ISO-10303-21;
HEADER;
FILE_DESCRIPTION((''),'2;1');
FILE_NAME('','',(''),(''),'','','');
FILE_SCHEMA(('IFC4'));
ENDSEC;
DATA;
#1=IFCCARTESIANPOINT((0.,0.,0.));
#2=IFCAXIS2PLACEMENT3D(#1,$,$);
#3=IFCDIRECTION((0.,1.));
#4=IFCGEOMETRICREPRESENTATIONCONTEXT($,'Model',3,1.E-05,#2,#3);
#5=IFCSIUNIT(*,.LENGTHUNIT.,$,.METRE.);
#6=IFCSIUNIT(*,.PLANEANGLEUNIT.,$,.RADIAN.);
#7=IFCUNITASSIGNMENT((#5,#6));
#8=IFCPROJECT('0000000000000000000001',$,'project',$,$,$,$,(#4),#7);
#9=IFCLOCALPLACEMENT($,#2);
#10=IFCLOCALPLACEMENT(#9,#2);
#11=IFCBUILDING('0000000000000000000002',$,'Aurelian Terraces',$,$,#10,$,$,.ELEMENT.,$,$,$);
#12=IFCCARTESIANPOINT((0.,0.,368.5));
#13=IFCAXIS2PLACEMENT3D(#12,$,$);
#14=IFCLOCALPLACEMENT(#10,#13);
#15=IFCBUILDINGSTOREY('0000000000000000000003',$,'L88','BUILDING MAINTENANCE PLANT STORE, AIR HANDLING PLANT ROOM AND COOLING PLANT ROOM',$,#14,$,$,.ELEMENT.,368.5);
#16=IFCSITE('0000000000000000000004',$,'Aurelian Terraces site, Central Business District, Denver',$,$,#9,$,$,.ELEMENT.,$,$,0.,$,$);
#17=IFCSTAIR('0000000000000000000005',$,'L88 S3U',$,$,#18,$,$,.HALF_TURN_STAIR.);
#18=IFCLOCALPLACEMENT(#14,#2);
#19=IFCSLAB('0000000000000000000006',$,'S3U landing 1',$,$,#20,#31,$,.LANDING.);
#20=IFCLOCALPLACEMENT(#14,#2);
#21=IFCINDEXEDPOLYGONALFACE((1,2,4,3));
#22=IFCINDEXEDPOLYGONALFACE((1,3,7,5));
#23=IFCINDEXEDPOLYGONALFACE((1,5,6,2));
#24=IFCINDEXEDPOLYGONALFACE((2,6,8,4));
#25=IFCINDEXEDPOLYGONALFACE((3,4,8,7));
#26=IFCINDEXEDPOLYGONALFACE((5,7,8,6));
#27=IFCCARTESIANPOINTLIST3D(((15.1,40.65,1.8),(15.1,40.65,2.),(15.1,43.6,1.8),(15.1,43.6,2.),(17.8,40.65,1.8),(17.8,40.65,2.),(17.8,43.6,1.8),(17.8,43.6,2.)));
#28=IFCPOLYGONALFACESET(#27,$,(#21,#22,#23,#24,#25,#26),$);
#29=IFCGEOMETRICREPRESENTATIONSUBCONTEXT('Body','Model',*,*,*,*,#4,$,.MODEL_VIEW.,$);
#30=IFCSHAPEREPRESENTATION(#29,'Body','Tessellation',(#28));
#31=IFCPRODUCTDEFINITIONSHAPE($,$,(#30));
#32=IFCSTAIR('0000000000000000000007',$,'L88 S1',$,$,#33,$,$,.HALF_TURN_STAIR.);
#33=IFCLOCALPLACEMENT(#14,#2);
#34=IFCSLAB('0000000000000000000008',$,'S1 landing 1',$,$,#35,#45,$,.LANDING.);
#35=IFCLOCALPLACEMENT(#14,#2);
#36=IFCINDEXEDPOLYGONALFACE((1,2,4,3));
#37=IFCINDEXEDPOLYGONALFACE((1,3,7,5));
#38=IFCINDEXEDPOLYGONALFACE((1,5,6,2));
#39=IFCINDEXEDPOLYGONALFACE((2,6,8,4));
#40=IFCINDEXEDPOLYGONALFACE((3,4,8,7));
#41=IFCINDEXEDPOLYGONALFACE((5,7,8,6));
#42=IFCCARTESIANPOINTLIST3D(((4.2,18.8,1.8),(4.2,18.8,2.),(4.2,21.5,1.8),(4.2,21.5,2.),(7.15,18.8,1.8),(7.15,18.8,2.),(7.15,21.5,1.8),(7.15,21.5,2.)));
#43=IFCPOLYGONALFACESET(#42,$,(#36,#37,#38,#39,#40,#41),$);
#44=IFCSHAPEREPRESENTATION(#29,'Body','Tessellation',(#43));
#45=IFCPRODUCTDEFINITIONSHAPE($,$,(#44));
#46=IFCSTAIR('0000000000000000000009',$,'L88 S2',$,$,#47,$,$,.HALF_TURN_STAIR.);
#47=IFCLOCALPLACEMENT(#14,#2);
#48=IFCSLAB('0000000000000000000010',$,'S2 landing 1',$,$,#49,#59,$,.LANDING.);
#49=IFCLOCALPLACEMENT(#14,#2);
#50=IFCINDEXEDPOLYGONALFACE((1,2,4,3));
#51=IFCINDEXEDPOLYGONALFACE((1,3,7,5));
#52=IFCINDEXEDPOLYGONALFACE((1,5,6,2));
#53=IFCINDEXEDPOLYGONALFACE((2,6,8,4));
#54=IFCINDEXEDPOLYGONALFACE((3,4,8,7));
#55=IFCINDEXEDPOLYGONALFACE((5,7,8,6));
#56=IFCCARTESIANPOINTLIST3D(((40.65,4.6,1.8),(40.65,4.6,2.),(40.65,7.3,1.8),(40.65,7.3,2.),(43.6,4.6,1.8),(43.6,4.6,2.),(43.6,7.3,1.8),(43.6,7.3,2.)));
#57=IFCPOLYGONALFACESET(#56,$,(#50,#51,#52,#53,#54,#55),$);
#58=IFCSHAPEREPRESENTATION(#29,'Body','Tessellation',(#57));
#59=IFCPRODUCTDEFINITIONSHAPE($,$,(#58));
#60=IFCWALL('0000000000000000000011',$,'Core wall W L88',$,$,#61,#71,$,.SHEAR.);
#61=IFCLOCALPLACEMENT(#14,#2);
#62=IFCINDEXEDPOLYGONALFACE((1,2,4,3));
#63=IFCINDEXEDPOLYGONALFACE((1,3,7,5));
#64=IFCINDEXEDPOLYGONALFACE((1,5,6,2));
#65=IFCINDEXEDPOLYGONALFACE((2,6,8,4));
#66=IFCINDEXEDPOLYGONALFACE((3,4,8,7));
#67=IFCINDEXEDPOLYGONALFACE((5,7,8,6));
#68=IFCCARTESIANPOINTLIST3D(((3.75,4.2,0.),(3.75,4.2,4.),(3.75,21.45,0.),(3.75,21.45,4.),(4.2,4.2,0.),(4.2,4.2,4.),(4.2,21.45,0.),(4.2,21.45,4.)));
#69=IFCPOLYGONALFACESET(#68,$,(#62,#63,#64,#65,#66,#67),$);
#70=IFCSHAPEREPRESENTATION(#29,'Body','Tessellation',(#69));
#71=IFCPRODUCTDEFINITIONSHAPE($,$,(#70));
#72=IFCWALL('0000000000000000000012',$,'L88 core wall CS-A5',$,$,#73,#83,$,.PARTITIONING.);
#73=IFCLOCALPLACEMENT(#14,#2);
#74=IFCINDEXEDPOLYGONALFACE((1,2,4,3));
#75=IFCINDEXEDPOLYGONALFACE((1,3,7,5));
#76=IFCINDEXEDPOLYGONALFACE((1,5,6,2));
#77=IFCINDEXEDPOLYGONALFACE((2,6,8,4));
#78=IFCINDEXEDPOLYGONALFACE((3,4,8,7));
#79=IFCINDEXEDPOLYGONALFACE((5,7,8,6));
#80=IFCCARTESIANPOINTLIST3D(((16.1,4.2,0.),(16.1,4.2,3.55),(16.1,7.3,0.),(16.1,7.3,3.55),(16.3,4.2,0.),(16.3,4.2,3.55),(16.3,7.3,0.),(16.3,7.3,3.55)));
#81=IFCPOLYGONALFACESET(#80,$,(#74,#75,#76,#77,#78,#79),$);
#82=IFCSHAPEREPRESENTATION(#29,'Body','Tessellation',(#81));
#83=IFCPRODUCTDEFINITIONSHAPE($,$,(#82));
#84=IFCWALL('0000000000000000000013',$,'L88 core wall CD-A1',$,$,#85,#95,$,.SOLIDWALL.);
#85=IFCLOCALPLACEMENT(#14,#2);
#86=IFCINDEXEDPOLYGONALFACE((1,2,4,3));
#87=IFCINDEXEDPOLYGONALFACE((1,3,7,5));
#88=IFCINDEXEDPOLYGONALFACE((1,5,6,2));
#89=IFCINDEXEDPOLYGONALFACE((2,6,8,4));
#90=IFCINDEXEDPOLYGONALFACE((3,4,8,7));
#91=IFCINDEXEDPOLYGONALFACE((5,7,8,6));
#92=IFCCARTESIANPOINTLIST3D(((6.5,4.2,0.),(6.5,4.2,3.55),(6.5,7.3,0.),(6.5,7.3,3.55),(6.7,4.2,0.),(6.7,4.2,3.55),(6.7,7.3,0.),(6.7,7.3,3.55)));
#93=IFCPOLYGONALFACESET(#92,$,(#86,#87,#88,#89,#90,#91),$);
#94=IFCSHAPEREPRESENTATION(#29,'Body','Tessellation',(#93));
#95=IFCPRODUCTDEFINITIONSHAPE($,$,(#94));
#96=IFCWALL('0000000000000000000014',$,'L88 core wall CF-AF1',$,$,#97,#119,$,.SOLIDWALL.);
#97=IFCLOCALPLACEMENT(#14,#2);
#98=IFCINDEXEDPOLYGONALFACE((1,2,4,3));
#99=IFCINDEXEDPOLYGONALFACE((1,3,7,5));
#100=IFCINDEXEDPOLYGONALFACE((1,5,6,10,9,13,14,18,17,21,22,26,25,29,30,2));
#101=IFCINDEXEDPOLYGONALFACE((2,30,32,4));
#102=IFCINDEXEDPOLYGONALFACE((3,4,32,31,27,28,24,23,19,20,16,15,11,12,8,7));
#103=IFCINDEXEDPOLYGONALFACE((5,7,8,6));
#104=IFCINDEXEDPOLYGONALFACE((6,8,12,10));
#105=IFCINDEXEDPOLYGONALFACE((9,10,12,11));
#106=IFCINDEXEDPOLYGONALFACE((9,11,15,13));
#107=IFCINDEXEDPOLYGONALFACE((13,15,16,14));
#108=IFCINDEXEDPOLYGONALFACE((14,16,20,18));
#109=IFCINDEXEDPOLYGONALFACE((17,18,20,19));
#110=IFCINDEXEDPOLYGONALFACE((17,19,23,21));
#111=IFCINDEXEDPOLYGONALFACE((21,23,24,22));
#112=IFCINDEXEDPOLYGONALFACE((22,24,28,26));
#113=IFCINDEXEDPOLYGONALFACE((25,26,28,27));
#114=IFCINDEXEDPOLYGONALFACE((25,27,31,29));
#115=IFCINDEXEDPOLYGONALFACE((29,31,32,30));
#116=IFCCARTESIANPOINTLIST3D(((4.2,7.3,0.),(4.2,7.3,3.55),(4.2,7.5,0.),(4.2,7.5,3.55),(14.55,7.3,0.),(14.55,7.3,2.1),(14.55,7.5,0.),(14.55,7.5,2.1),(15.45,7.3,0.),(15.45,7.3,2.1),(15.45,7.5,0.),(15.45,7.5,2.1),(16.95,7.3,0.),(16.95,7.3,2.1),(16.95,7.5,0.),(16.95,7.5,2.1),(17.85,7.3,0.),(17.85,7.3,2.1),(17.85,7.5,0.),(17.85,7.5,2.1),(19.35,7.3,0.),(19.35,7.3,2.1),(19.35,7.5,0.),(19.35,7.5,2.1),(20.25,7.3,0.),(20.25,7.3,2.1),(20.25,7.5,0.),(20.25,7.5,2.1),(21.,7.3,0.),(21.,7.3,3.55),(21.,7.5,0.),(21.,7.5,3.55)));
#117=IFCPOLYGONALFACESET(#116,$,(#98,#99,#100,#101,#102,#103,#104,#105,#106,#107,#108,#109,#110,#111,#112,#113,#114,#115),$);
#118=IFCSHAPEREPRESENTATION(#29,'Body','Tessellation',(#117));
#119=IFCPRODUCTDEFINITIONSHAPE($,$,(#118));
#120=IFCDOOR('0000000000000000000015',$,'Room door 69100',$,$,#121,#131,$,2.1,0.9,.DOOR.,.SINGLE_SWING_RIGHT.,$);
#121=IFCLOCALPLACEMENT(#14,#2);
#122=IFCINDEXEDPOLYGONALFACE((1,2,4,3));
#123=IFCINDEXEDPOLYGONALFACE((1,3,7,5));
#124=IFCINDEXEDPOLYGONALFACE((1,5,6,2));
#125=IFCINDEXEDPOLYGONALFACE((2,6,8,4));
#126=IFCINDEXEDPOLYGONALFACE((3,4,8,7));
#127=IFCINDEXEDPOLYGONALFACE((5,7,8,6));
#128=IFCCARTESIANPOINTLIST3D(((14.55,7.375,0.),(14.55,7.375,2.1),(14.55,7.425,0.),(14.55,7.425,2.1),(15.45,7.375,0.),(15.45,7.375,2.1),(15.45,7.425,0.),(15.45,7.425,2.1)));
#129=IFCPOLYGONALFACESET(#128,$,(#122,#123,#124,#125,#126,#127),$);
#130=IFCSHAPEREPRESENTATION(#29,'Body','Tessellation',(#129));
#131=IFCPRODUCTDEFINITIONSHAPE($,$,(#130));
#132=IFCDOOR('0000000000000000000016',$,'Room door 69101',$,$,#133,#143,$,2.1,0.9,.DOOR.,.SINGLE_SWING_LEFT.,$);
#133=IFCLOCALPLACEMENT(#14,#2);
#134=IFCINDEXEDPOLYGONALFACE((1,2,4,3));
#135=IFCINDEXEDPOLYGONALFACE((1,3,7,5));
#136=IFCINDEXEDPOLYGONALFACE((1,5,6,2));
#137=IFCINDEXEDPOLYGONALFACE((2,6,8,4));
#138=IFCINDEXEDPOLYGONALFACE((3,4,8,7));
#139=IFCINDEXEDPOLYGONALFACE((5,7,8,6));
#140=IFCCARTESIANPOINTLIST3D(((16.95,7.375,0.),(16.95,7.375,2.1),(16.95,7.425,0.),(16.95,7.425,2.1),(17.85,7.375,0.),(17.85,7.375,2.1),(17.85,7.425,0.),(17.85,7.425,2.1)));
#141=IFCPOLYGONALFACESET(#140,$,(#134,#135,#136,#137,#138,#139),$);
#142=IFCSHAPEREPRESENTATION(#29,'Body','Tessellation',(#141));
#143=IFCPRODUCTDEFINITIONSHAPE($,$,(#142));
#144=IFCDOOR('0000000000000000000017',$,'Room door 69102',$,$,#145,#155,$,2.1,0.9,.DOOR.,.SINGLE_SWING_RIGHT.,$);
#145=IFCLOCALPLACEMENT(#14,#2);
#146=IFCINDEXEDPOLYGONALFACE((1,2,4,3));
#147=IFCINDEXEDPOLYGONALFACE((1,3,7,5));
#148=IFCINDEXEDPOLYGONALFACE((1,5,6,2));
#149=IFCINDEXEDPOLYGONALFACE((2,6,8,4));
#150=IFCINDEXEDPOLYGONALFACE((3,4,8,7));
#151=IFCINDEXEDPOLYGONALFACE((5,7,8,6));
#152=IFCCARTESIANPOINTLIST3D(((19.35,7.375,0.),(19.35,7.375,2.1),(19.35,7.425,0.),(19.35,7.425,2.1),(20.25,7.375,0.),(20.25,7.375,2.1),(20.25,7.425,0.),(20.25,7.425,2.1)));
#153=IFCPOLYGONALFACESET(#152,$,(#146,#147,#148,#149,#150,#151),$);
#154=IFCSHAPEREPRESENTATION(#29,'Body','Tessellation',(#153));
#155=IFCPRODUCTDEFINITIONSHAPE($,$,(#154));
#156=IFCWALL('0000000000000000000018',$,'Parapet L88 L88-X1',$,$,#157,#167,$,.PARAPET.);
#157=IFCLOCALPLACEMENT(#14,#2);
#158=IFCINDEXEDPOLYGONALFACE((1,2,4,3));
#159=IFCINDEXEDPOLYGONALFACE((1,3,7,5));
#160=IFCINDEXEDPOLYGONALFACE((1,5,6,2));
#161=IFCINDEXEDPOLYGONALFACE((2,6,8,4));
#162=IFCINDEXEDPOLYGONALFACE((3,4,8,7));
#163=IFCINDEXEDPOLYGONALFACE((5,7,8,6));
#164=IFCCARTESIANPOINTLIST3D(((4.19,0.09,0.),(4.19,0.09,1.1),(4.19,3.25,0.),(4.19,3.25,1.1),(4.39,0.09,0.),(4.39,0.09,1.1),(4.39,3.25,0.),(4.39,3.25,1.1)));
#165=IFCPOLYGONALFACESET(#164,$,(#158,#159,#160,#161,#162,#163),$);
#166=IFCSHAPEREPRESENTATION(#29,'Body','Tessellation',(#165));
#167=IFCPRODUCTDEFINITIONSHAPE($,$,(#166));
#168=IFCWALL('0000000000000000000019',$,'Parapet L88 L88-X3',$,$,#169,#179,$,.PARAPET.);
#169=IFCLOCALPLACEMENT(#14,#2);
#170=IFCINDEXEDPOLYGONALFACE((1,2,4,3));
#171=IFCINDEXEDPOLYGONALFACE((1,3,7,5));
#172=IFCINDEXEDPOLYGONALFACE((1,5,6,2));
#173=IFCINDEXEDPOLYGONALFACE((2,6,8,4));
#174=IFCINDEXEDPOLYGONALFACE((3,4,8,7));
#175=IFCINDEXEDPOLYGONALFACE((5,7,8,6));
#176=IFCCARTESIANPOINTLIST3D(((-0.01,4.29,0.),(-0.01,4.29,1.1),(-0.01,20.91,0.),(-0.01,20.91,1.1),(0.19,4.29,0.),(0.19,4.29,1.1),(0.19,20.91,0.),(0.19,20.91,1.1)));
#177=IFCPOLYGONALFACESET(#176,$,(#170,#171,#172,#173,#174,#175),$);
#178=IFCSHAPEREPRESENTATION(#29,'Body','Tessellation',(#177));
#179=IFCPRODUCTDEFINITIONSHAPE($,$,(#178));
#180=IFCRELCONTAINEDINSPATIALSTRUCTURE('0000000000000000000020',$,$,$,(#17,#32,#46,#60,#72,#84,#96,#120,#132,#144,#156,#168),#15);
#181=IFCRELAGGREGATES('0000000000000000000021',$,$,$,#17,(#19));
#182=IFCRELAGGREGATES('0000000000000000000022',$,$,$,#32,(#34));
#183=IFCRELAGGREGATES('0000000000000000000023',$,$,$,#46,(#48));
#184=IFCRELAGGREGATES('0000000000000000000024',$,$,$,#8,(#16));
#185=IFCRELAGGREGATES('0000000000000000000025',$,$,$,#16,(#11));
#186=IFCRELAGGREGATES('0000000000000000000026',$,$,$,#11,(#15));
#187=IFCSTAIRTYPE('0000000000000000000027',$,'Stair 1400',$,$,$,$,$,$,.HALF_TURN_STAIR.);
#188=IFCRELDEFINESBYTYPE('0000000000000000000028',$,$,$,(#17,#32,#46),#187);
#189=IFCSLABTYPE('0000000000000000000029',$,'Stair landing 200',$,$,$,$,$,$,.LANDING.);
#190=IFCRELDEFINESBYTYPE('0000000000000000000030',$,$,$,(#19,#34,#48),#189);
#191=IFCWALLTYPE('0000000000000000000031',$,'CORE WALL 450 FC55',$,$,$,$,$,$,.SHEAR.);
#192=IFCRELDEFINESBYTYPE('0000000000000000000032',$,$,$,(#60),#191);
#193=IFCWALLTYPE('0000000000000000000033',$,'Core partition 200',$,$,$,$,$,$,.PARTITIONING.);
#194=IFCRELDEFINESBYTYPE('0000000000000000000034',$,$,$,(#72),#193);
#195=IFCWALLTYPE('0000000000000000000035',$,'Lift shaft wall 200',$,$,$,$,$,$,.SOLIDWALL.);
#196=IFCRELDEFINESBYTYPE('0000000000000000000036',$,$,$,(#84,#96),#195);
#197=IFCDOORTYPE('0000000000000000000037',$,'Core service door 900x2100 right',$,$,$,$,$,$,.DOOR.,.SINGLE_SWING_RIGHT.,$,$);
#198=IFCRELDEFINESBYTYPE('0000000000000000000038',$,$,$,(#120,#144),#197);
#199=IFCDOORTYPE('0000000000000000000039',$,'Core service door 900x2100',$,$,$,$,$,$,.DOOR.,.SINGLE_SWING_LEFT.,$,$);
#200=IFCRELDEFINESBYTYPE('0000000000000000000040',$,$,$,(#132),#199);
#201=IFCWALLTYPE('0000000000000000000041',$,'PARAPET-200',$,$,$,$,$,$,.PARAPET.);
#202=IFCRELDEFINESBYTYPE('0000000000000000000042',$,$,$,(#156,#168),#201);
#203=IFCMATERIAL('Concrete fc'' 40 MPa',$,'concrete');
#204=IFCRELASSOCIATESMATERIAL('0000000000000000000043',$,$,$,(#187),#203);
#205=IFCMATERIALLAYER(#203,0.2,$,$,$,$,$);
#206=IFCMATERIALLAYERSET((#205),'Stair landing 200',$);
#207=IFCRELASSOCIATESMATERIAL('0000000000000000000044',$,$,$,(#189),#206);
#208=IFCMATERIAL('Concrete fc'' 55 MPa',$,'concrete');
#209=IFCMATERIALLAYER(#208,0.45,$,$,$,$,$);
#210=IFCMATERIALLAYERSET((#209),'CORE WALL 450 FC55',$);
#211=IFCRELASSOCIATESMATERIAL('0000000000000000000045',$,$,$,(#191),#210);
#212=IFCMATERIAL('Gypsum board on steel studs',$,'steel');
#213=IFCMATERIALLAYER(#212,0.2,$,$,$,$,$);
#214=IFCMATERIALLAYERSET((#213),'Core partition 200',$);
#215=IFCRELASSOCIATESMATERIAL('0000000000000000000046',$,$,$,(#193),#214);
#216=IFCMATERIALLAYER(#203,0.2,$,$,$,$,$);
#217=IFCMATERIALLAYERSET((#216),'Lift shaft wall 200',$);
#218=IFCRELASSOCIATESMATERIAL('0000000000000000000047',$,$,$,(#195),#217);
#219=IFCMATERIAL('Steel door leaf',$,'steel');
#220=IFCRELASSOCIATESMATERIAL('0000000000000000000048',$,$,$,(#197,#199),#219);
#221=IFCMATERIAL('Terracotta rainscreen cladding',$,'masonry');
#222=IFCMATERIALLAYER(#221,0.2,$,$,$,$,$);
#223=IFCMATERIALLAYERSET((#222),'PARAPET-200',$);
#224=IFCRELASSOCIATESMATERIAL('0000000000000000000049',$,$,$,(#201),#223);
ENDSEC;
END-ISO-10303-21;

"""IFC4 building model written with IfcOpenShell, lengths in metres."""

from ifc_helpers import new_model, si_unit, direction, frame, frame_2d, origin, place, context, subcontext, project, spatial, polyline, rectangle, outline, extrude, source, transform, mapped, material, layer, layer_set, type_object, element, fill, aggregate, save


model = new_model("IFC4")

# Units and contexts
model_context = context("Model", 3, precision=1e-05, world=origin(), true_north=direction((0.0, 1.0)))
body_context = subcontext(model_context, "Body", "Model", "MODEL_VIEW")
ifc_project = project(units=[si_unit("LENGTHUNIT", "METRE"), si_unit("PLANEANGLEUNIT", "RADIAN")], contexts=[model_context])

# Site, building, storey
site_placement = place(None, origin())
site = spatial("IfcSite", under=ifc_project, at=site_placement, Name="Aurelian Terraces site, Central Business District, Denver", CompositionType="ELEMENT", RefElevation=0.0)
building_placement = place(site_placement, origin())
building = spatial("IfcBuilding", under=site, at=building_placement, Name="Aurelian Terraces", CompositionType="ELEMENT")
storey_placement = place(building_placement, frame((0.0, 0.0, 368.5)))
storey = spatial("IfcBuildingStorey", under=building, at=storey_placement, Name="L88", Description="BUILDING MAINTENANCE PLANT STORE, AIR HANDLING PLANT ROOM AND COOLING PLANT ROOM", CompositionType="ELEMENT", Elevation=368.5)

# Shared definitions
ifc_material_1 = material(Name="Concrete fc' 40 MPa", Category="concrete")

# Stairs, slabs
stair_type = type_object("IfcStairType", Name="Stair 1400", PredefinedType="HALF_TURN_STAIR", material=ifc_material_1)
stair_1_placement = place(storey_placement, origin())
stair_1 = element("IfcStair", 1, at=stair_1_placement, inside=storey, type_object=stair_type, Name="L88 S3U", PredefinedType="HALF_TURN_STAIR")
ifc_layer_1 = layer(ifc_material_1, 0.2)
ifc_layer_set_1 = layer_set([ifc_layer_1], Name="Stair landing 200")
slab_type_1 = type_object("IfcSlabType", Name="Stair landing 200", PredefinedType="LANDING", material=ifc_layer_set_1)
slab_1_placement = place(storey_placement, frame((0.0, 0.0, 1.8)))
slab_1 = element("IfcSlab", 2, at=slab_1_placement, type_object=slab_type_1, Name="S3U landing 1", PredefinedType="LANDING", context=body_context, shape_type="SweptSolid", body=[
    extrude(outline(polyline([(15.1, 40.65), (17.8, 40.65), (17.8, 43.6), (15.1, 43.6), (15.1, 40.65)])), origin(), (0.0, 0.0, 1.0), 0.2),
])
aggregate(stair_1, [slab_1])
stair_2_placement = place(storey_placement, origin())
stair_2 = element("IfcStair", 3, at=stair_2_placement, inside=storey, type_object=stair_type, Name="L88 S1", PredefinedType="HALF_TURN_STAIR")
shared_shape_1 = source(origin(), body_context, "Body", "SweptSolid", [
    extrude(outline(polyline([(7.15, 18.8), (7.15, 21.5), (4.2, 21.5), (4.2, 18.8), (7.15, 18.8)])), origin(), (0.0, 0.0, 1.0), 0.2),
])
slab_2_placement = place(storey_placement, frame((0.0, 0.0, 1.8)))
slab_2 = element("IfcSlab", 4, at=slab_2_placement, type_object=slab_type_1, Name="S1 landing 1", PredefinedType="LANDING", context=body_context, shape_type="MappedRepresentation", body=[
    mapped(shared_shape_1, transform((0.0, 0.0, 0.0), scale=1.0)),
])
aggregate(stair_2, [slab_2])
stair_3_placement = place(storey_placement, origin())
stair_3 = element("IfcStair", 5, at=stair_3_placement, inside=storey, type_object=stair_type, Name="L88 S2", PredefinedType="HALF_TURN_STAIR")
shared_shape_2 = source(origin(), body_context, "Body", "SweptSolid", [
    extrude(outline(polyline([(43.6, 4.6), (43.6, 7.3), (40.65, 7.3), (40.65, 4.6), (43.6, 4.6)])), origin(), (0.0, 0.0, 1.0), 0.2),
])
slab_3_placement = place(storey_placement, frame((0.0, 0.0, 1.8)))
slab_3 = element("IfcSlab", 6, at=slab_3_placement, type_object=slab_type_1, Name="S2 landing 1", PredefinedType="LANDING", context=body_context, shape_type="MappedRepresentation", body=[
    mapped(shared_shape_2, transform((0.0, 0.0, 0.0), scale=1.0)),
])
aggregate(stair_3, [slab_3])

# Walls
ifc_material_2 = material(Name="Concrete fc' 55 MPa", Category="concrete")
ifc_layer_2 = layer(ifc_material_2, 0.45)
ifc_layer_set_2 = layer_set([ifc_layer_2], Name="CORE WALL 450 FC55")
wall_type_1 = type_object("IfcWallType", Name="CORE WALL 450 FC55", PredefinedType="SHEAR", material=ifc_layer_set_2)
wall_1_placement = place(storey_placement, frame((3.975, 4.2, 0.0), z_axis=(0.0, 0.0, 1.0), x_axis=(0.0, 1.0, 0.0)))
element("IfcWall", 7, at=wall_1_placement, inside=storey, type_object=wall_type_1, Name="Core wall W L88", PredefinedType="SHEAR", context=body_context, shape_type="SweptSolid", body=[
    extrude(rectangle(XDim=17.25, YDim=0.45, at=frame_2d((8.625, 0.0))), origin(), (0.0, 0.0, 1.0), 4.0),
])
ifc_material_3 = material(Name="Gypsum board on steel studs", Category="steel")
ifc_layer_3 = layer(ifc_material_3, 0.2)
ifc_layer_set_3 = layer_set([ifc_layer_3], Name="Core partition 200")
wall_type_2 = type_object("IfcWallType", Name="Core partition 200", PredefinedType="PARTITIONING", material=ifc_layer_set_3)
wall_2_placement = place(storey_placement, frame((16.2, 4.2, 0.0), z_axis=(0.0, 0.0, 1.0), x_axis=(0.0, 1.0, 0.0)))
element("IfcWall", 8, at=wall_2_placement, inside=storey, type_object=wall_type_2, Name="L88 core wall CS-A5", PredefinedType="PARTITIONING", context=body_context, shape_type="SweptSolid", body=[
    extrude(rectangle(XDim=3.1, YDim=0.2, at=frame_2d((1.55, 0.0))), origin(), (0.0, 0.0, 1.0), 3.55),
])
ifc_layer_4 = layer(ifc_material_1, 0.2)
ifc_layer_set_4 = layer_set([ifc_layer_4], Name="Lift shaft wall 200")
wall_type_3 = type_object("IfcWallType", Name="Lift shaft wall 200", PredefinedType="SOLIDWALL", material=ifc_layer_set_4)
wall_3_placement = place(storey_placement, frame((6.6, 4.2, 0.0), z_axis=(0.0, 0.0, 1.0), x_axis=(0.0, 1.0, 0.0)))
element("IfcWall", 9, at=wall_3_placement, inside=storey, type_object=wall_type_3, Name="L88 core wall CD-A1", PredefinedType="SOLIDWALL", context=body_context, shape_type="SweptSolid", body=[
    extrude(rectangle(XDim=3.1, YDim=0.2, at=frame_2d((1.55, 0.0))), origin(), (0.0, 0.0, 1.0), 3.55),
])

# Wall, openings, doors
wall_4_placement = place(storey_placement, frame((4.2, 7.4, 0.0), z_axis=(0.0, 0.0, 1.0), x_axis=(1.0, 0.0, 0.0)))
wall_4 = element("IfcWall", 10, at=wall_4_placement, inside=storey, type_object=wall_type_3, Name="L88 core wall CF-AF1", PredefinedType="SOLIDWALL", context=body_context, shape_type="SweptSolid", body=[
    extrude(rectangle(XDim=16.8, YDim=0.2, at=frame_2d((8.4, 0.0))), origin(), (0.0, 0.0, 1.0), 3.55),
])
shared_shape_3 = source(origin(), body_context, "Body", "SweptSolid", [
    extrude(rectangle(XDim=0.9, YDim=2.1, at=frame_2d((0.45, 1.05))), frame((0.0, 0.11, 0.0), z_axis=(0.0, -1.0, 0.0), x_axis=(1.0, 0.0, 0.0)), (0.0, 0.0, 1.0), 0.22),
])
opening_1_placement = place(wall_4_placement, frame((10.35, 0.0, 0.0)))
opening_1 = element("IfcOpeningElement", 11, at=opening_1_placement, cuts=wall_4, PredefinedType="OPENING", context=body_context, shape_type="MappedRepresentation", body=[
    mapped(shared_shape_3, transform((0.0, 0.0, 0.0), scale=1.0)),
])
opening_2_placement = place(wall_4_placement, frame((12.75, 0.0, 0.0)))
opening_2 = element("IfcOpeningElement", 12, at=opening_2_placement, cuts=wall_4, PredefinedType="OPENING", context=body_context, shape_type="MappedRepresentation", body=[
    mapped(shared_shape_3, transform((0.0, 0.0, 0.0), scale=1.0)),
])
opening_3_placement = place(wall_4_placement, frame((15.15, 0.0, 0.0)))
opening_3 = element("IfcOpeningElement", 13, at=opening_3_placement, cuts=wall_4, PredefinedType="OPENING", context=body_context, shape_type="MappedRepresentation", body=[
    mapped(shared_shape_3, transform((0.0, 0.0, 0.0), scale=1.0)),
])
ifc_material_4 = material(Name="Steel door leaf", Category="steel")
door_type_1 = type_object("IfcDoorType", Name="Core service door 900x2100 right", OperationType="SINGLE_SWING_RIGHT", PredefinedType="DOOR", material=ifc_material_4)
shared_shape_4 = source(origin(), body_context, "Body", "SweptSolid", [
    extrude(rectangle(XDim=0.9, YDim=2.1, at=frame_2d((0.45, 1.05))), frame((0.0, 0.025, 0.0), z_axis=(0.0, -1.0, 0.0), x_axis=(1.0, 0.0, 0.0)), (0.0, 0.0, 1.0), 0.05),
])
door_1_placement = place(opening_1_placement, origin())
door_1 = element("IfcDoor", 14, at=door_1_placement, inside=storey, type_object=door_type_1, Name="Room door 69100", OperationType="SINGLE_SWING_RIGHT", OverallHeight=2.1, OverallWidth=0.9, PredefinedType="DOOR", context=body_context, shape_type="MappedRepresentation", body=[
    mapped(shared_shape_4, transform((0.0, 0.0, 0.0), scale=1.0)),
])
fill(opening_1, door_1)
door_type_2 = type_object("IfcDoorType", Name="Core service door 900x2100", OperationType="SINGLE_SWING_LEFT", PredefinedType="DOOR", material=ifc_material_4)
door_2_placement = place(opening_2_placement, origin())
door_2 = element("IfcDoor", 15, at=door_2_placement, inside=storey, type_object=door_type_2, Name="Room door 69101", OperationType="SINGLE_SWING_LEFT", OverallHeight=2.1, OverallWidth=0.9, PredefinedType="DOOR", context=body_context, shape_type="MappedRepresentation", body=[
    mapped(shared_shape_4, transform((0.0, 0.0, 0.0), scale=1.0)),
])
fill(opening_2, door_2)
door_3_placement = place(opening_3_placement, origin())
door_3 = element("IfcDoor", 16, at=door_3_placement, inside=storey, type_object=door_type_1, Name="Room door 69102", OperationType="SINGLE_SWING_RIGHT", OverallHeight=2.1, OverallWidth=0.9, PredefinedType="DOOR", context=body_context, shape_type="MappedRepresentation", body=[
    mapped(shared_shape_4, transform((0.0, 0.0, 0.0), scale=1.0)),
])
fill(opening_3, door_3)

# Walls
ifc_material_5 = material(Name="Terracotta rainscreen cladding", Category="masonry")
ifc_layer_5 = layer(ifc_material_5, 0.2)
ifc_layer_set_5 = layer_set([ifc_layer_5], Name="PARAPET-200")
wall_type_4 = type_object("IfcWallType", Name="PARAPET-200", PredefinedType="PARAPET", material=ifc_layer_set_5)
wall_5_placement = place(storey_placement, frame((4.29, 0.09, 0.0), z_axis=(0.0, 0.0, 1.0), x_axis=(0.0, 1.0, 0.0)))
element("IfcWall", 17, at=wall_5_placement, inside=storey, type_object=wall_type_4, Name="Parapet L88 L88-X1", PredefinedType="PARAPET", context=body_context, shape_type="SweptSolid", body=[
    extrude(rectangle(XDim=3.16, YDim=0.2, at=frame_2d((1.58, 0.0))), origin(), (0.0, 0.0, 1.0), 1.1),
])
wall_6_placement = place(storey_placement, frame((0.09, 4.29, 0.0), z_axis=(0.0, 0.0, 1.0), x_axis=(0.0, 1.0, 0.0)))
element("IfcWall", 18, at=wall_6_placement, inside=storey, type_object=wall_type_4, Name="Parapet L88 L88-X3", PredefinedType="PARAPET", context=body_context, shape_type="SweptSolid", body=[
    extrude(rectangle(XDim=16.62, YDim=0.2, at=frame_2d((8.31, 0.0))), origin(), (0.0, 0.0, 1.0), 1.1),
])

save(model, "model.ifc")
